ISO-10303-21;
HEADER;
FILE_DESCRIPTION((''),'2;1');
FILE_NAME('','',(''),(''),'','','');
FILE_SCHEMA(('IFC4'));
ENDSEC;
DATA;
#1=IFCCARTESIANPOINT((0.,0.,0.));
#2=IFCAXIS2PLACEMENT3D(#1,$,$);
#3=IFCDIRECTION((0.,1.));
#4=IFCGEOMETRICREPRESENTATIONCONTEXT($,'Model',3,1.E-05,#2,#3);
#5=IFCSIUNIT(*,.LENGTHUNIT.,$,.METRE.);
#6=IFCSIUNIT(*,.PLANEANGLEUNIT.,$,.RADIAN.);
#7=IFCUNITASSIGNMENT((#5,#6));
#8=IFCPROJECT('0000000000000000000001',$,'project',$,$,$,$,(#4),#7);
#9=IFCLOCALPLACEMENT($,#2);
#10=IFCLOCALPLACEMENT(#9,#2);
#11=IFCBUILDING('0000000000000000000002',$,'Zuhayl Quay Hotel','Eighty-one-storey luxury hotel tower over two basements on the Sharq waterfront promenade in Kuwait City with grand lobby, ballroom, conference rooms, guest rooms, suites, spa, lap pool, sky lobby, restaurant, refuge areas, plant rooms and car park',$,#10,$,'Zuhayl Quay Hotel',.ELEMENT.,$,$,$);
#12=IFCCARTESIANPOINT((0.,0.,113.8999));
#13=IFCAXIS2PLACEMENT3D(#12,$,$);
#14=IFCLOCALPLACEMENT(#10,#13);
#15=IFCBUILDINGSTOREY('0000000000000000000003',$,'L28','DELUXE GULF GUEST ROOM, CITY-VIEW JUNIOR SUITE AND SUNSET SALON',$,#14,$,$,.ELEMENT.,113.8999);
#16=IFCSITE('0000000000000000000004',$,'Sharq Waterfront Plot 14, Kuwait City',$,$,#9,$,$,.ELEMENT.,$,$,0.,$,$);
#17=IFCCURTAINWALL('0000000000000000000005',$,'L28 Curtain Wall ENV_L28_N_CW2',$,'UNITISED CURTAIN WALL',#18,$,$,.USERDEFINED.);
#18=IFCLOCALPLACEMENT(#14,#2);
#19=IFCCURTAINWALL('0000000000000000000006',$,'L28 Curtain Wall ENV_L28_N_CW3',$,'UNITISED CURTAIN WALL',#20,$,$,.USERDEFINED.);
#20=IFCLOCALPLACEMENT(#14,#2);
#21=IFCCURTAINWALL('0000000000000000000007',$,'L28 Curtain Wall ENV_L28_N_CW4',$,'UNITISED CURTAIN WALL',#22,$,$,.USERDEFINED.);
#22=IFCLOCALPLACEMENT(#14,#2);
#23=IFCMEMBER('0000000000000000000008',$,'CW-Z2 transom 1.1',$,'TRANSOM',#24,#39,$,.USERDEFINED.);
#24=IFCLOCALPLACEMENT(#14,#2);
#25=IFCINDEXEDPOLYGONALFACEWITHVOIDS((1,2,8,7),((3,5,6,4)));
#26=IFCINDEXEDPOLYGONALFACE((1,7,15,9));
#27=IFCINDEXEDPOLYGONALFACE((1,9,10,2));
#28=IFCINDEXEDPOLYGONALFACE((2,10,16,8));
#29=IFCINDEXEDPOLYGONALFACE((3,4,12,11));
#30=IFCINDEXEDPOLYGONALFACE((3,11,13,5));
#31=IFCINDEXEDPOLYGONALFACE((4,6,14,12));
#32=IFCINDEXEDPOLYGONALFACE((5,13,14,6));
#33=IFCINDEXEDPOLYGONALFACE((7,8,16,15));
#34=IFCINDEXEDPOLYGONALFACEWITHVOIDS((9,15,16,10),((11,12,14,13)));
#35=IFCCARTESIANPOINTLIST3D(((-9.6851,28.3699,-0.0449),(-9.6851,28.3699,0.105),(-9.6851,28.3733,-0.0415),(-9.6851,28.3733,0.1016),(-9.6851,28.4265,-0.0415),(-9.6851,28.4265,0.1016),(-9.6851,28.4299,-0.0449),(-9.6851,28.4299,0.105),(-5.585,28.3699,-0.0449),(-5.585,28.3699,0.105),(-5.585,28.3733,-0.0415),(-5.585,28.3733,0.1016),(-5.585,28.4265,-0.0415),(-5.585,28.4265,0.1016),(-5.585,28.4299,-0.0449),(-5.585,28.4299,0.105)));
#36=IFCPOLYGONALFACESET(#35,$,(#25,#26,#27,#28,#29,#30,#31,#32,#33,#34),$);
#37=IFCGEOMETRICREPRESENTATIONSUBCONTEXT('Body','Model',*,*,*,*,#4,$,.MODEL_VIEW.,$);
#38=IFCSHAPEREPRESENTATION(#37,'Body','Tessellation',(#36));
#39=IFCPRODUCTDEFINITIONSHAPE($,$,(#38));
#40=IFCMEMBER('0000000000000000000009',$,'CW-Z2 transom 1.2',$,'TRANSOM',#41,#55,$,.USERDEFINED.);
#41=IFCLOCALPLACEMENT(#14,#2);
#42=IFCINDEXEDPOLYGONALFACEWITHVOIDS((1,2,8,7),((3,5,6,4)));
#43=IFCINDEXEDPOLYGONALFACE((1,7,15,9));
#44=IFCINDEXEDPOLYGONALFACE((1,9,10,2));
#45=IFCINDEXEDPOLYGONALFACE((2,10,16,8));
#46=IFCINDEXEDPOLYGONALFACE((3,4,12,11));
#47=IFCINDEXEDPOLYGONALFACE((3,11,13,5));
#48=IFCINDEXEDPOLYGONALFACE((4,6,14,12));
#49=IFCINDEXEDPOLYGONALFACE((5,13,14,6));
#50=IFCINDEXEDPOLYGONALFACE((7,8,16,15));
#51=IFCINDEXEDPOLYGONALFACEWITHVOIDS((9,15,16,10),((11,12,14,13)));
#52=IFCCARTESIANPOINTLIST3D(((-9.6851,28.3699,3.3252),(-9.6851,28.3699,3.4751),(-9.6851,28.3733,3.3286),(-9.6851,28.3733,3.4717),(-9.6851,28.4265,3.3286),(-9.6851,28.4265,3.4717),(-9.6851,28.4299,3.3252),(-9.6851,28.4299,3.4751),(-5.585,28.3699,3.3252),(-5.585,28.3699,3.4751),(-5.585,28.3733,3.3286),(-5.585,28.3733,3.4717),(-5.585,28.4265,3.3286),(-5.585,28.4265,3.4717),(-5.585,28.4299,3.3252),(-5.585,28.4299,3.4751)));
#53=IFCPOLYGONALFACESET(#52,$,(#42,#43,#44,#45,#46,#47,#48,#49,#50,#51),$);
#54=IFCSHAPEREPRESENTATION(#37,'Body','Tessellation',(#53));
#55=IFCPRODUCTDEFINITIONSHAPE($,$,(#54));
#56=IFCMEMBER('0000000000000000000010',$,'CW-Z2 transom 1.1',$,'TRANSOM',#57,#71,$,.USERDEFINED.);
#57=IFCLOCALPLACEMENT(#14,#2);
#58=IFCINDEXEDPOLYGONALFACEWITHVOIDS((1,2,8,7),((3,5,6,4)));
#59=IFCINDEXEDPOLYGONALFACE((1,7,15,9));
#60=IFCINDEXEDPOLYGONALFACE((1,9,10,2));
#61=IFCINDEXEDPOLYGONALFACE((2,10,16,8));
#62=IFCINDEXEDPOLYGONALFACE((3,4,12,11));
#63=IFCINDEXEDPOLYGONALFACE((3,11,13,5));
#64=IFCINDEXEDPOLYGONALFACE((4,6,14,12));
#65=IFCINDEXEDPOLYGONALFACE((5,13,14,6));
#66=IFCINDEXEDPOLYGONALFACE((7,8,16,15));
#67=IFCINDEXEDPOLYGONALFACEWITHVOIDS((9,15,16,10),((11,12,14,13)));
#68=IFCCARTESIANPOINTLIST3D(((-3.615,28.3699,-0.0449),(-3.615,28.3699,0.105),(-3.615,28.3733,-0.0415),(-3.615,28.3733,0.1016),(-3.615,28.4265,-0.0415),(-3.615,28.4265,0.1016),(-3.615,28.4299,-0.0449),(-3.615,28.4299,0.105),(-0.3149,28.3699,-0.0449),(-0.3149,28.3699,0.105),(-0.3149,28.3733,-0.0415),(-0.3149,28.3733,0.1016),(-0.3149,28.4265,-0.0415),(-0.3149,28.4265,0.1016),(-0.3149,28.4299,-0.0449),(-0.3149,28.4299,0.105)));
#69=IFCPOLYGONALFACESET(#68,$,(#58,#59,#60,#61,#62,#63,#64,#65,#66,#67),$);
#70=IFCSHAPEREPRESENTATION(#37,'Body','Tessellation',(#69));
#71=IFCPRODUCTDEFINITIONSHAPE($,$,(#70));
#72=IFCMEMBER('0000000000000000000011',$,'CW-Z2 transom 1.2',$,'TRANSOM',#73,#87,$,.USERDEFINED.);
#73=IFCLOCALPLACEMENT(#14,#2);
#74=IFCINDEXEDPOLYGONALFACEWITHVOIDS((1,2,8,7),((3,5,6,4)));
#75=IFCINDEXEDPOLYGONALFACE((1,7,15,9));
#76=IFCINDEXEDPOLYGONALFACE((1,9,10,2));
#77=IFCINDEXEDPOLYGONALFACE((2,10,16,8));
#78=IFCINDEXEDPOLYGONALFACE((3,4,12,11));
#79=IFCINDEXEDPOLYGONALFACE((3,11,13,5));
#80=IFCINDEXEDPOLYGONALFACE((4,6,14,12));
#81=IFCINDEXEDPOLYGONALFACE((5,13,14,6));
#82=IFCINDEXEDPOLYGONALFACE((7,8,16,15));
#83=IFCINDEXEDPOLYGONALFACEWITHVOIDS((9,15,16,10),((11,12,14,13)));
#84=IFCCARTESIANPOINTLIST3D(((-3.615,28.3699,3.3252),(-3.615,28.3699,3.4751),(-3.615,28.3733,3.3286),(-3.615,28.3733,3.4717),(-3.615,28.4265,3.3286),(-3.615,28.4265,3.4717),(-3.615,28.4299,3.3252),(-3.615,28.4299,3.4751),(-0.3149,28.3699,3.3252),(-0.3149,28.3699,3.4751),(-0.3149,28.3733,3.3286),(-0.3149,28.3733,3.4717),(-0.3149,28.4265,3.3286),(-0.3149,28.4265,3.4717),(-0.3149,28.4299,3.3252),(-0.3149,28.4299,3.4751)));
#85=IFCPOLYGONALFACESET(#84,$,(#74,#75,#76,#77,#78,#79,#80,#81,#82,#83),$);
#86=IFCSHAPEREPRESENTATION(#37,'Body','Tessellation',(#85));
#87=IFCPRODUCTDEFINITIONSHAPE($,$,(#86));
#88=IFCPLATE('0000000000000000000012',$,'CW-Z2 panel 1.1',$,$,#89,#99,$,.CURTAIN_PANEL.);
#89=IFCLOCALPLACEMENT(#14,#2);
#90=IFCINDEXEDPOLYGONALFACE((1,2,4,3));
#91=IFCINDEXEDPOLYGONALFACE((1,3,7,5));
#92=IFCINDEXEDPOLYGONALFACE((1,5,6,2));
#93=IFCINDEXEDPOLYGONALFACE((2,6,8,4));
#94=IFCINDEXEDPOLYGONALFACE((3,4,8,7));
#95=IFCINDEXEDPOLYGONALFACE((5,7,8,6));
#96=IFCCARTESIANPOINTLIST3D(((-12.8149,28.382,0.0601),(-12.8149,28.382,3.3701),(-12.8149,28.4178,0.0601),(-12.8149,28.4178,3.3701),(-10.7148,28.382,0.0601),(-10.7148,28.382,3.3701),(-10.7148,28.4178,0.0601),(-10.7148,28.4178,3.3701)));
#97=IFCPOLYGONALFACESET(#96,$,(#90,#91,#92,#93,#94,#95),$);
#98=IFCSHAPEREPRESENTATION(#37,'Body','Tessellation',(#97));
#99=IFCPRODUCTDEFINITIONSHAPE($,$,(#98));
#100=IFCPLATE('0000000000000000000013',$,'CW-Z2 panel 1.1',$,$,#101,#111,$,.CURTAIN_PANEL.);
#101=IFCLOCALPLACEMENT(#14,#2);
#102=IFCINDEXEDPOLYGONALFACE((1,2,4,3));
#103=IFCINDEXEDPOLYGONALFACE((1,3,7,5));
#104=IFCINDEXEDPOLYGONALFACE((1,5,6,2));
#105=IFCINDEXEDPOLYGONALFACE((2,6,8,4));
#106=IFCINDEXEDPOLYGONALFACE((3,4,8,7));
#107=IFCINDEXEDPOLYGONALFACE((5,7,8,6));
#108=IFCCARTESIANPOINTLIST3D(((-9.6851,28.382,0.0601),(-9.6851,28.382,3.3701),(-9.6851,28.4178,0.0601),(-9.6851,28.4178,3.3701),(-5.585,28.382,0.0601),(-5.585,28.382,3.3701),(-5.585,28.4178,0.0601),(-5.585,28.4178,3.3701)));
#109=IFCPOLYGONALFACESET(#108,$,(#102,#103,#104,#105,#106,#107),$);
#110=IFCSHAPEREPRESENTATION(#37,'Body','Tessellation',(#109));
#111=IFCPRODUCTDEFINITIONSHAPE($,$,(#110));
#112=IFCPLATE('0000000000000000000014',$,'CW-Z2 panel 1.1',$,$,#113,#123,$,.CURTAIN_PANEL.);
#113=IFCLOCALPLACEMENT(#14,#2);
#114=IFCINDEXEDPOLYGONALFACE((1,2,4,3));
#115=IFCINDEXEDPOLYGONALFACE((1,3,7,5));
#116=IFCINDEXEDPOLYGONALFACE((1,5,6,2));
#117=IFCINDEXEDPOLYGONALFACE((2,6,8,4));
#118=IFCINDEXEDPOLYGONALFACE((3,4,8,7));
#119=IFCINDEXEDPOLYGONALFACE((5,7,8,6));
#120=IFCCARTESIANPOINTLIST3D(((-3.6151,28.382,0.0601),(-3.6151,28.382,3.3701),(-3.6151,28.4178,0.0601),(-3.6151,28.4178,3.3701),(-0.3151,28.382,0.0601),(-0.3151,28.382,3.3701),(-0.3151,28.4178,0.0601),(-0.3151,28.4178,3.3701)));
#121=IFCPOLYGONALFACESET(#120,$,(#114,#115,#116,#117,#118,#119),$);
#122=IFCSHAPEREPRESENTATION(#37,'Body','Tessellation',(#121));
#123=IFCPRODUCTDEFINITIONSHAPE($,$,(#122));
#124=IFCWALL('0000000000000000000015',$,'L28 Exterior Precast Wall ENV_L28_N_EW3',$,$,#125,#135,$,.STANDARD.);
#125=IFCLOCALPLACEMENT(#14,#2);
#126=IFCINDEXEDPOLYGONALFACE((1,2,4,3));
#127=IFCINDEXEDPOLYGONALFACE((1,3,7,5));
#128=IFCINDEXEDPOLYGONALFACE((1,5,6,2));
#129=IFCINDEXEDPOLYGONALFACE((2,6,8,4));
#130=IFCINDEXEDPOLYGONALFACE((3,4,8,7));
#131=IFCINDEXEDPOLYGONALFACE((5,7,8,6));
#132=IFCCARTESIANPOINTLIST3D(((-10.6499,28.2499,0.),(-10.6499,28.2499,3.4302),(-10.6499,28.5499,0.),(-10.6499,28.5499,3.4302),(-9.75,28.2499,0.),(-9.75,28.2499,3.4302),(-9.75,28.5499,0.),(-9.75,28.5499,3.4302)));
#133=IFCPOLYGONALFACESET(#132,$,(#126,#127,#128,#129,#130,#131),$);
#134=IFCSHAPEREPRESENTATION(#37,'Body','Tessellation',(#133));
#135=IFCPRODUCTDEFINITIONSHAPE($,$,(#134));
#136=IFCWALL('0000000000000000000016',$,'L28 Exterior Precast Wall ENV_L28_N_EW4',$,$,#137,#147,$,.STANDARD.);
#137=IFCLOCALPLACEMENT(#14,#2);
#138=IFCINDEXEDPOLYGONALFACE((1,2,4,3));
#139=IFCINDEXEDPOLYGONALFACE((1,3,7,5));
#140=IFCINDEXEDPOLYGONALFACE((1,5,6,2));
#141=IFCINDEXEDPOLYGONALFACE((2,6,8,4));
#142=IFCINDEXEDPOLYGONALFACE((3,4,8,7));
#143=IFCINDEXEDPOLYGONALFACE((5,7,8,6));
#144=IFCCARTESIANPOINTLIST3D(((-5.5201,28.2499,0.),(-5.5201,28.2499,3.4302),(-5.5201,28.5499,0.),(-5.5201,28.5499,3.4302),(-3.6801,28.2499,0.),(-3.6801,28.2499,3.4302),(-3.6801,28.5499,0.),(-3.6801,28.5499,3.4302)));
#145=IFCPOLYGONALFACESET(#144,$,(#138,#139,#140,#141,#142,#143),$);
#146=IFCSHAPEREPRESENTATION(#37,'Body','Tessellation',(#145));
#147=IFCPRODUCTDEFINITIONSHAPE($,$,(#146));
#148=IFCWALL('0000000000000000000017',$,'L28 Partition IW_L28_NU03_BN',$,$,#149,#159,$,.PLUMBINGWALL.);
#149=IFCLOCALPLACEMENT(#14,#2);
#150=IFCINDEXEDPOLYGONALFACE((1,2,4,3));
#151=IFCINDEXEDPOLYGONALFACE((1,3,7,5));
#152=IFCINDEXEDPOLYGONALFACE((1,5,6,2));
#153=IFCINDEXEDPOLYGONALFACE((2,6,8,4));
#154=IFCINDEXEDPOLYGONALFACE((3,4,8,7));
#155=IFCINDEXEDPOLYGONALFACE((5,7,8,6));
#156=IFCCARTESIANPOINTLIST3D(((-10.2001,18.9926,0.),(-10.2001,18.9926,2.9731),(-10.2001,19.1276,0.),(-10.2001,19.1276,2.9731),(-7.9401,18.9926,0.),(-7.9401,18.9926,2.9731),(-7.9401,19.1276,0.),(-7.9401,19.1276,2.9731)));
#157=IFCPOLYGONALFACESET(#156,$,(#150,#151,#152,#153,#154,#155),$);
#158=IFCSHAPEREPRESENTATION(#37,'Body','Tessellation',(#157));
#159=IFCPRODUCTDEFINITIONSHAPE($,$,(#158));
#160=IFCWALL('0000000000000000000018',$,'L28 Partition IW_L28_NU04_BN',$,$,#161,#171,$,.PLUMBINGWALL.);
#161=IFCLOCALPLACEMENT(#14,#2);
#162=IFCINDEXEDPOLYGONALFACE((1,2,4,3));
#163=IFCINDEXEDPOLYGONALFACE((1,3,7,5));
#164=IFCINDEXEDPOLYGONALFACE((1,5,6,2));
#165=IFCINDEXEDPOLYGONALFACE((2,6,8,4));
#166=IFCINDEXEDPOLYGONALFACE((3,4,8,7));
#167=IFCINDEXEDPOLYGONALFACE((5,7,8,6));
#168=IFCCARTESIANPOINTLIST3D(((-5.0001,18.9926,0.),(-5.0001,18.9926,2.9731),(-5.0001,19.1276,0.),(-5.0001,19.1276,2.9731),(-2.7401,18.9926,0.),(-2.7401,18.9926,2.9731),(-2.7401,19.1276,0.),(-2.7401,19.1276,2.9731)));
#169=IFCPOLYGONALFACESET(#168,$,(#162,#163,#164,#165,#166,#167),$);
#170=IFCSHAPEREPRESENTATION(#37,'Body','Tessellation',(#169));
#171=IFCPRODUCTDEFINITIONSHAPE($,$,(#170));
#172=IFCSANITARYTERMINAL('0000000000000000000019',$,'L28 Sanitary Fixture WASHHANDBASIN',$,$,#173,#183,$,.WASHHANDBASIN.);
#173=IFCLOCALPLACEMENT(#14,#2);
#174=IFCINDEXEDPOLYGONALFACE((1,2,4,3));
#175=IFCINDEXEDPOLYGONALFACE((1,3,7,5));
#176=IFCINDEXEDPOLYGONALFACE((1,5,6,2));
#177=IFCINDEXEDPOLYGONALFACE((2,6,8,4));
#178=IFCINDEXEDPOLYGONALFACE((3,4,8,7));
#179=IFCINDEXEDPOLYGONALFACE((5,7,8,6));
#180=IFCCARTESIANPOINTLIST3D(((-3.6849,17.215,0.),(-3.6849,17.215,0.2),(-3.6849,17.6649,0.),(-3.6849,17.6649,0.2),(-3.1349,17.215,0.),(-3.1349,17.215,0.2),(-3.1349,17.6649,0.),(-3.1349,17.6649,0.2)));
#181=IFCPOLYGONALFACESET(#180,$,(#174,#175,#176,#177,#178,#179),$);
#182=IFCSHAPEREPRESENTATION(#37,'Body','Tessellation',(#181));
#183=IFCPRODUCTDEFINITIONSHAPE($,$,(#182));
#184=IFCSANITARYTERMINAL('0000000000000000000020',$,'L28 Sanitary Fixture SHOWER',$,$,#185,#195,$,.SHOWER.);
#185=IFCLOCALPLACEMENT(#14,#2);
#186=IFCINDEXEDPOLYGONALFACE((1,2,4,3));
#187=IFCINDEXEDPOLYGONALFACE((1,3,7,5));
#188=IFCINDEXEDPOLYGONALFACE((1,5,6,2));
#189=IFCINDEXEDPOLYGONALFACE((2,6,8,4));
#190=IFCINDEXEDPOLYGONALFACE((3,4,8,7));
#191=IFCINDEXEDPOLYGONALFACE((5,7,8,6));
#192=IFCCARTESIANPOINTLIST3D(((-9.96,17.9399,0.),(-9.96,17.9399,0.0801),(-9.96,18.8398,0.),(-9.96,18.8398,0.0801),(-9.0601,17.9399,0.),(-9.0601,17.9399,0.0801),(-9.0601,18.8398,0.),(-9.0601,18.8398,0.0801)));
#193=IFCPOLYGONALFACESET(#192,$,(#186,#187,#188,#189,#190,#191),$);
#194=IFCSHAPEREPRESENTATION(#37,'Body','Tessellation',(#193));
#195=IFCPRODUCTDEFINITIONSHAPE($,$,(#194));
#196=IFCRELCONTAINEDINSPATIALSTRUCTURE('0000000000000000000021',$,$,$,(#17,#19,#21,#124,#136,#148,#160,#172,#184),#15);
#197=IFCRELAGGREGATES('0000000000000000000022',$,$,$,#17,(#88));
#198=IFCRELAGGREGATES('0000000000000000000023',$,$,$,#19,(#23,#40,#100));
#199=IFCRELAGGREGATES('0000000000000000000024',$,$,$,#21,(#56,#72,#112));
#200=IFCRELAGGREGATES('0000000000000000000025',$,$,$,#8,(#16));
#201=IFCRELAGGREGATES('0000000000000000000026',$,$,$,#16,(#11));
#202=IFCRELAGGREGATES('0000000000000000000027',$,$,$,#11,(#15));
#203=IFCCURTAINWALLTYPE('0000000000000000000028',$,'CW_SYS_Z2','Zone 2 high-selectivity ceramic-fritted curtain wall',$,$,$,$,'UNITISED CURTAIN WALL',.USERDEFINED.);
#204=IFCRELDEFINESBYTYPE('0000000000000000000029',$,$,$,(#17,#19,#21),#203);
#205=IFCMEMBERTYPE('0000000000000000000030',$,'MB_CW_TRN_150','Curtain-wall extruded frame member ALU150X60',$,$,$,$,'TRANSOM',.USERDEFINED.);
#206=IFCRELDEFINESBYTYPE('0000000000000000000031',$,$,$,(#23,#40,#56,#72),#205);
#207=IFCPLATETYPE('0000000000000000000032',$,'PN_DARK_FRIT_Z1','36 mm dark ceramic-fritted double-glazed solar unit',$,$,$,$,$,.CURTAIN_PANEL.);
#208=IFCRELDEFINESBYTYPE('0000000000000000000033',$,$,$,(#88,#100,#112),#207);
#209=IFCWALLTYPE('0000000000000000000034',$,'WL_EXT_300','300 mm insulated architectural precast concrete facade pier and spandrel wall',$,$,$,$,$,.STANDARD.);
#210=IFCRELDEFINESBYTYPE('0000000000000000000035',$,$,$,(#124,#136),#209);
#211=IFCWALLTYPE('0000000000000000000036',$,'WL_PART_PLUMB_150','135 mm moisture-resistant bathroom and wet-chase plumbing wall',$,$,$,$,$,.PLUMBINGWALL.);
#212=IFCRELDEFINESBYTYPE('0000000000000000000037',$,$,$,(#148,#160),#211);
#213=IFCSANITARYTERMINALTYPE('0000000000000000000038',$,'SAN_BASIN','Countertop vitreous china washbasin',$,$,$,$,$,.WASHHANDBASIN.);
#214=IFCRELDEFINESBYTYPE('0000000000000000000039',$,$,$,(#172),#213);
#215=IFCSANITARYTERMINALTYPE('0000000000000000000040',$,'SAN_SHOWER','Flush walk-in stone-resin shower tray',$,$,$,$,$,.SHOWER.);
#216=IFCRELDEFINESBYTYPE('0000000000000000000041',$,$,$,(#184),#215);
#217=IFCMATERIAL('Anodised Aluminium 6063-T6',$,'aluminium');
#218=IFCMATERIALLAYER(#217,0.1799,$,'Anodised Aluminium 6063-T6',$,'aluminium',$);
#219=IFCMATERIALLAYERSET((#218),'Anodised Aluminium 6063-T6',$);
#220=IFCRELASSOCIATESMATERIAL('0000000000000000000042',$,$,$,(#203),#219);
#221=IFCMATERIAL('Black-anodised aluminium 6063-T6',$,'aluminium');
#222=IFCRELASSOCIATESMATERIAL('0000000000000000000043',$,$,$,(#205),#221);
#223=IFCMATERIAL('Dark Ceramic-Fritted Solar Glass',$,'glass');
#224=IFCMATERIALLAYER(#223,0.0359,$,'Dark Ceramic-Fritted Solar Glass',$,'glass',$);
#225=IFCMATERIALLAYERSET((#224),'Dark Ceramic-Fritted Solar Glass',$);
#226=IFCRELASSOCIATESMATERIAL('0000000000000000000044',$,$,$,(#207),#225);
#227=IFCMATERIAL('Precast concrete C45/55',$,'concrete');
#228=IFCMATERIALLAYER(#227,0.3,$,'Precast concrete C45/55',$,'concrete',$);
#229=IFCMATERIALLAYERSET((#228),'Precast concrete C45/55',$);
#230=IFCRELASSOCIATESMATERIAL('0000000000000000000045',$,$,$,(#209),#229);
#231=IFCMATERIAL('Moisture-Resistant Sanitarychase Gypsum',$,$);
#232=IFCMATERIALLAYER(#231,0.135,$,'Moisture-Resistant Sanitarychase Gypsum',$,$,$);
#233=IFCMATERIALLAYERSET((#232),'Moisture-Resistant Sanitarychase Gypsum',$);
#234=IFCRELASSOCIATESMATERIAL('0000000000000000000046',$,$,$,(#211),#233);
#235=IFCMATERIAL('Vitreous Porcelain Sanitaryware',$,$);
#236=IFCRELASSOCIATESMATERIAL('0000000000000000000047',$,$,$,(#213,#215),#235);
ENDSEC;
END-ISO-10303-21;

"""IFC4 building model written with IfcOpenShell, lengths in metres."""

from ifc_helpers import new_model, si_unit, direction, frame, frame_2d, origin, origin_2d, place, context, subcontext, project, spatial, rectangle, hollow_rectangle, extrude, material, layer, layer_set, material_profile, profile_set, type_object, element, aggregate, save


model = new_model("IFC4")

# Units and contexts
model_context = context("Model", 3, precision=1e-05, world=origin(), true_north=direction((0.0, 1.0)))
body_context = subcontext(model_context, "Body", "Model", "MODEL_VIEW")
ifc_project = project(units=[si_unit("LENGTHUNIT", "METRE"), si_unit("PLANEANGLEUNIT", "RADIAN")], contexts=[model_context])

# Site, building, storey
site_placement = place(None, origin())
site = spatial("IfcSite", under=ifc_project, at=site_placement, Name="Sharq Waterfront Plot 14, Kuwait City", CompositionType="ELEMENT", RefElevation=0.0)
building_placement = place(site_placement, origin())
building = spatial("IfcBuilding", under=site, at=building_placement, Name="Zuhayl Quay Hotel", Description="Eighty-one-storey luxury hotel tower over two basements on the Sharq waterfront promenade in Kuwait City with grand lobby, ballroom, conference rooms, guest rooms, suites, spa, lap pool, sky lobby, restaurant, refuge areas, plant rooms and car park", LongName="Zuhayl Quay Hotel", CompositionType="ELEMENT")
storey_placement = place(building_placement, frame((0.0, 0.0, 113.8999)))
storey = spatial("IfcBuildingStorey", under=building, at=storey_placement, Name="L28", Description="DELUXE GULF GUEST ROOM, CITY-VIEW JUNIOR SUITE AND SUNSET SALON", CompositionType="ELEMENT", Elevation=113.8999)

# Curtain wall
ifc_material_1 = material(Name="Anodised Aluminium 6063-T6", Category="aluminium")
ifc_layer_1 = layer(ifc_material_1, 0.1799, Name="Anodised Aluminium 6063-T6", Category="aluminium")
ifc_layer_set_1 = layer_set([ifc_layer_1], Name="Anodised Aluminium 6063-T6")
curtain_wall_type = type_object("IfcCurtainWallType", Name="CW_SYS_Z2", Description="Zone 2 high-selectivity ceramic-fritted curtain wall", ElementType="UNITISED CURTAIN WALL", PredefinedType="USERDEFINED", material=ifc_layer_set_1)
curtain_wall_1_placement = place(storey_placement, origin())
curtain_wall_1 = element("IfcCurtainWall", 1, at=curtain_wall_1_placement, inside=storey, type_object=curtain_wall_type, Name="L28 Curtain Wall ENV_L28_N_CW2", ObjectType="UNITISED CURTAIN WALL", PredefinedType="USERDEFINED")
ifc_material_2 = material(Name="Black-anodised aluminium 6063-T6", Category="aluminium")

# Curtain wall
curtain_wall_2_placement = place(storey_placement, origin())
curtain_wall_2 = element("IfcCurtainWall", 2, at=curtain_wall_2_placement, inside=storey, type_object=curtain_wall_type, Name="L28 Curtain Wall ENV_L28_N_CW3", ObjectType="UNITISED CURTAIN WALL", PredefinedType="USERDEFINED")

# Curtain wall
curtain_wall_3_placement = place(storey_placement, origin())
curtain_wall_3 = element("IfcCurtainWall", 3, at=curtain_wall_3_placement, inside=storey, type_object=curtain_wall_type, Name="L28 Curtain Wall ENV_L28_N_CW4", ObjectType="UNITISED CURTAIN WALL", PredefinedType="USERDEFINED")

# Members
ifc_material_profile_1 = material_profile(ifc_material_2, hollow_rectangle(XDim=0.0601, YDim=0.1499, WallThickness=0.0034, at=origin_2d()), Name="ALU150X60")
ifc_profile_set_1 = profile_set([ifc_material_profile_1], Name="Black-anodised aluminium 6063-T6")
member_type_1 = type_object("IfcMemberType", Name="MB_CW_TRN_150", Description="Curtain-wall extruded frame member ALU150X60", ElementType="TRANSOM", PredefinedType="USERDEFINED", material=ifc_profile_set_1)
member_1_placement = place(storey_placement, frame((-9.6851, 28.3999, 0.03), z_axis=(1.0, 0.0, 0.0), x_axis=(0.0, 1.0, 0.0)))
member_1 = element("IfcMember", 4, at=member_1_placement, type_object=member_type_1, Name="CW-Z2 transom 1.1", ObjectType="TRANSOM", PredefinedType="USERDEFINED", context=body_context, shape_type="SweptSolid", body=[
    extrude(hollow_rectangle(XDim=0.0601, YDim=0.1499, WallThickness=0.0034, at=origin_2d()), origin(), (0.0, 0.0, 1.0), 4.1001),
])
member_2_placement = place(storey_placement, frame((-9.6851, 28.3999, 3.4001), z_axis=(1.0, 0.0, 0.0), x_axis=(0.0, 1.0, 0.0)))
member_2 = element("IfcMember", 5, at=member_2_placement, type_object=member_type_1, Name="CW-Z2 transom 1.2", ObjectType="TRANSOM", PredefinedType="USERDEFINED", context=body_context, shape_type="SweptSolid", body=[
    extrude(hollow_rectangle(XDim=0.0601, YDim=0.1499, WallThickness=0.0034, at=origin_2d()), origin(), (0.0, 0.0, 1.0), 4.1001),
])
member_3_placement = place(storey_placement, frame((-3.615, 28.3999, 0.03), z_axis=(1.0, 0.0, 0.0), x_axis=(0.0, 1.0, 0.0)))
member_3 = element("IfcMember", 6, at=member_3_placement, type_object=member_type_1, Name="CW-Z2 transom 1.1", ObjectType="TRANSOM", PredefinedType="USERDEFINED", context=body_context, shape_type="SweptSolid", body=[
    extrude(hollow_rectangle(XDim=0.0601, YDim=0.1499, WallThickness=0.0034, at=origin_2d()), origin(), (0.0, 0.0, 1.0), 3.3),
])
member_4_placement = place(storey_placement, frame((-3.615, 28.3999, 3.4001), z_axis=(1.0, 0.0, 0.0), x_axis=(0.0, 1.0, 0.0)))
member_4 = element("IfcMember", 7, at=member_4_placement, type_object=member_type_1, Name="CW-Z2 transom 1.2", ObjectType="TRANSOM", PredefinedType="USERDEFINED", context=body_context, shape_type="SweptSolid", body=[
    extrude(hollow_rectangle(XDim=0.0601, YDim=0.1499, WallThickness=0.0034, at=origin_2d()), origin(), (0.0, 0.0, 1.0), 3.3),
])

# Plates
ifc_material_3 = material(Name="Dark Ceramic-Fritted Solar Glass", Category="glass")
ifc_layer_2 = layer(ifc_material_3, 0.0359, Name="Dark Ceramic-Fritted Solar Glass", Category="glass")
ifc_layer_set_2 = layer_set([ifc_layer_2], Name="Dark Ceramic-Fritted Solar Glass")
plate_type = type_object("IfcPlateType", Name="PN_DARK_FRIT_Z1", Description="36 mm dark ceramic-fritted double-glazed solar unit", PredefinedType="CURTAIN_PANEL", material=ifc_layer_set_2)
plate_1_placement = place(storey_placement, frame((-11.7649, 28.3999, 0.0601), z_axis=(0.0, 0.0, 1.0), x_axis=(1.0, 0.0, 0.0)))
plate_1 = element("IfcPlate", 8, at=plate_1_placement, type_object=plate_type, Name="CW-Z2 panel 1.1", PredefinedType="CURTAIN_PANEL", context=body_context, shape_type="SweptSolid", body=[
    extrude(rectangle(XDim=2.1001, YDim=0.0359, at=origin_2d()), origin(), (0.0, 0.0, 1.0), 3.3101),
])
aggregate(curtain_wall_1, [plate_1])
plate_2_placement = place(storey_placement, frame((-7.635, 28.3999, 0.0601), z_axis=(0.0, 0.0, 1.0), x_axis=(1.0, 0.0, 0.0)))
plate_2 = element("IfcPlate", 9, at=plate_2_placement, type_object=plate_type, Name="CW-Z2 panel 1.1", PredefinedType="CURTAIN_PANEL", context=body_context, shape_type="SweptSolid", body=[
    extrude(rectangle(XDim=4.1001, YDim=0.0359, at=origin_2d()), origin(), (0.0, 0.0, 1.0), 3.3101),
])
aggregate(curtain_wall_2, [member_1, member_2, plate_2])
plate_3_placement = place(storey_placement, frame((-1.9651, 28.3999, 0.0601), z_axis=(0.0, 0.0, 1.0), x_axis=(1.0, 0.0, 0.0)))
plate_3 = element("IfcPlate", 10, at=plate_3_placement, type_object=plate_type, Name="CW-Z2 panel 1.1", PredefinedType="CURTAIN_PANEL", context=body_context, shape_type="SweptSolid", body=[
    extrude(rectangle(XDim=3.3, YDim=0.0359, at=origin_2d()), origin(), (0.0, 0.0, 1.0), 3.3101),
])
aggregate(curtain_wall_3, [member_3, member_4, plate_3])

# Walls
ifc_material_4 = material(Name="Precast concrete C45/55", Category="concrete")
ifc_layer_3 = layer(ifc_material_4, 0.3, Name="Precast concrete C45/55", Category="concrete")
ifc_layer_set_3 = layer_set([ifc_layer_3], Name="Precast concrete C45/55")
wall_type_1 = type_object("IfcWallType", Name="WL_EXT_300", Description="300 mm insulated architectural precast concrete facade pier and spandrel wall", PredefinedType="STANDARD", material=ifc_layer_set_3)
wall_1_placement = place(storey_placement, frame((-10.6499, 28.3999, 0.0), z_axis=(0.0, 0.0, 1.0), x_axis=(1.0, 0.0, 0.0)))
element("IfcWall", 11, at=wall_1_placement, inside=storey, type_object=wall_type_1, Name="L28 Exterior Precast Wall ENV_L28_N_EW3", PredefinedType="STANDARD", context=body_context, shape_type="SweptSolid", body=[
    extrude(rectangle(XDim=0.8999, YDim=0.3, at=frame_2d((0.45, 0.0))), origin(), (0.0, 0.0, 1.0), 3.4302),
])
wall_2_placement = place(storey_placement, frame((-5.52, 28.3999, 0.0), z_axis=(0.0, 0.0, 1.0), x_axis=(1.0, 0.0, 0.0)))
element("IfcWall", 12, at=wall_2_placement, inside=storey, type_object=wall_type_1, Name="L28 Exterior Precast Wall ENV_L28_N_EW4", PredefinedType="STANDARD", context=body_context, shape_type="SweptSolid", body=[
    extrude(rectangle(XDim=1.8401, YDim=0.3, at=frame_2d((0.9199, 0.0))), origin(), (0.0, 0.0, 1.0), 3.4302),
])
ifc_material_5 = material(Name="Moisture-Resistant Sanitarychase Gypsum")
ifc_layer_4 = layer(ifc_material_5, 0.135, Name="Moisture-Resistant Sanitarychase Gypsum")
ifc_layer_set_4 = layer_set([ifc_layer_4], Name="Moisture-Resistant Sanitarychase Gypsum")
wall_type_2 = type_object("IfcWallType", Name="WL_PART_PLUMB_150", Description="135 mm moisture-resistant bathroom and wet-chase plumbing wall", PredefinedType="PLUMBINGWALL", material=ifc_layer_set_4)
for number, where, z_axis, x_axis, name in (
    (13, (-10.2, 19.0601, 0.0), (0.0, 0.0, 1.0), (1.0, 0.0, 0.0), "L28 Partition IW_L28_NU03_BN"),
    (14, (-5.0, 19.0601, 0.0), (0.0, 0.0, 1.0), (1.0, 0.0, 0.0), "L28 Partition IW_L28_NU04_BN"),
):
    element("IfcWall", number, at=place(storey_placement, frame(where, z_axis=z_axis, x_axis=x_axis)), inside=storey, type_object=wall_type_2, Name=name, PredefinedType="PLUMBINGWALL", context=body_context, shape_type="SweptSolid", body=[
        extrude(rectangle(XDim=2.26, YDim=0.135, at=frame_2d((1.1299, 0.0))), origin(), (0.0, 0.0, 1.0), 2.9731),
    ])

# Sanitary terminals
ifc_material_6 = material(Name="Vitreous Porcelain Sanitaryware")
sanitary_terminal_type_1 = type_object("IfcSanitaryTerminalType", Name="SAN_BASIN", Description="Countertop vitreous china washbasin", PredefinedType="WASHHANDBASIN", material=ifc_material_6)
sanitary_terminal_placement = place(storey_placement, frame((-3.4099, 17.4399, 0.0), z_axis=(0.0, 0.0, 1.0), x_axis=(1.0, 0.0, 0.0)))
element("IfcSanitaryTerminal", 15, at=sanitary_terminal_placement, inside=storey, type_object=sanitary_terminal_type_1, Name="L28 Sanitary Fixture WASHHANDBASIN", PredefinedType="WASHHANDBASIN", context=body_context, shape_type="SweptSolid", body=[
    extrude(rectangle(XDim=0.55, YDim=0.45, at=origin_2d()), origin(), (0.0, 0.0, 1.0), 0.2),
])
sanitary_terminal_type_2 = type_object("IfcSanitaryTerminalType", Name="SAN_SHOWER", Description="Flush walk-in stone-resin shower tray", PredefinedType="SHOWER", material=ifc_material_6)
for number, where, z_axis, x_axis, name in (
    (16, (-9.51, 18.3899, 0.0), (0.0, 0.0, 1.0), (1.0, 0.0, 0.0), "L28 Sanitary Fixture SHOWER"),
):
    element("IfcSanitaryTerminal", number, at=place(storey_placement, frame(where, z_axis=z_axis, x_axis=x_axis)), inside=storey, type_object=sanitary_terminal_type_2, Name=name, PredefinedType="SHOWER", context=body_context, shape_type="SweptSolid", body=[
        extrude(rectangle(XDim=0.8999, YDim=0.8999, at=origin_2d()), origin(), (0.0, 0.0, 1.0), 0.0801),
    ])

save(model, "model.ifc")
